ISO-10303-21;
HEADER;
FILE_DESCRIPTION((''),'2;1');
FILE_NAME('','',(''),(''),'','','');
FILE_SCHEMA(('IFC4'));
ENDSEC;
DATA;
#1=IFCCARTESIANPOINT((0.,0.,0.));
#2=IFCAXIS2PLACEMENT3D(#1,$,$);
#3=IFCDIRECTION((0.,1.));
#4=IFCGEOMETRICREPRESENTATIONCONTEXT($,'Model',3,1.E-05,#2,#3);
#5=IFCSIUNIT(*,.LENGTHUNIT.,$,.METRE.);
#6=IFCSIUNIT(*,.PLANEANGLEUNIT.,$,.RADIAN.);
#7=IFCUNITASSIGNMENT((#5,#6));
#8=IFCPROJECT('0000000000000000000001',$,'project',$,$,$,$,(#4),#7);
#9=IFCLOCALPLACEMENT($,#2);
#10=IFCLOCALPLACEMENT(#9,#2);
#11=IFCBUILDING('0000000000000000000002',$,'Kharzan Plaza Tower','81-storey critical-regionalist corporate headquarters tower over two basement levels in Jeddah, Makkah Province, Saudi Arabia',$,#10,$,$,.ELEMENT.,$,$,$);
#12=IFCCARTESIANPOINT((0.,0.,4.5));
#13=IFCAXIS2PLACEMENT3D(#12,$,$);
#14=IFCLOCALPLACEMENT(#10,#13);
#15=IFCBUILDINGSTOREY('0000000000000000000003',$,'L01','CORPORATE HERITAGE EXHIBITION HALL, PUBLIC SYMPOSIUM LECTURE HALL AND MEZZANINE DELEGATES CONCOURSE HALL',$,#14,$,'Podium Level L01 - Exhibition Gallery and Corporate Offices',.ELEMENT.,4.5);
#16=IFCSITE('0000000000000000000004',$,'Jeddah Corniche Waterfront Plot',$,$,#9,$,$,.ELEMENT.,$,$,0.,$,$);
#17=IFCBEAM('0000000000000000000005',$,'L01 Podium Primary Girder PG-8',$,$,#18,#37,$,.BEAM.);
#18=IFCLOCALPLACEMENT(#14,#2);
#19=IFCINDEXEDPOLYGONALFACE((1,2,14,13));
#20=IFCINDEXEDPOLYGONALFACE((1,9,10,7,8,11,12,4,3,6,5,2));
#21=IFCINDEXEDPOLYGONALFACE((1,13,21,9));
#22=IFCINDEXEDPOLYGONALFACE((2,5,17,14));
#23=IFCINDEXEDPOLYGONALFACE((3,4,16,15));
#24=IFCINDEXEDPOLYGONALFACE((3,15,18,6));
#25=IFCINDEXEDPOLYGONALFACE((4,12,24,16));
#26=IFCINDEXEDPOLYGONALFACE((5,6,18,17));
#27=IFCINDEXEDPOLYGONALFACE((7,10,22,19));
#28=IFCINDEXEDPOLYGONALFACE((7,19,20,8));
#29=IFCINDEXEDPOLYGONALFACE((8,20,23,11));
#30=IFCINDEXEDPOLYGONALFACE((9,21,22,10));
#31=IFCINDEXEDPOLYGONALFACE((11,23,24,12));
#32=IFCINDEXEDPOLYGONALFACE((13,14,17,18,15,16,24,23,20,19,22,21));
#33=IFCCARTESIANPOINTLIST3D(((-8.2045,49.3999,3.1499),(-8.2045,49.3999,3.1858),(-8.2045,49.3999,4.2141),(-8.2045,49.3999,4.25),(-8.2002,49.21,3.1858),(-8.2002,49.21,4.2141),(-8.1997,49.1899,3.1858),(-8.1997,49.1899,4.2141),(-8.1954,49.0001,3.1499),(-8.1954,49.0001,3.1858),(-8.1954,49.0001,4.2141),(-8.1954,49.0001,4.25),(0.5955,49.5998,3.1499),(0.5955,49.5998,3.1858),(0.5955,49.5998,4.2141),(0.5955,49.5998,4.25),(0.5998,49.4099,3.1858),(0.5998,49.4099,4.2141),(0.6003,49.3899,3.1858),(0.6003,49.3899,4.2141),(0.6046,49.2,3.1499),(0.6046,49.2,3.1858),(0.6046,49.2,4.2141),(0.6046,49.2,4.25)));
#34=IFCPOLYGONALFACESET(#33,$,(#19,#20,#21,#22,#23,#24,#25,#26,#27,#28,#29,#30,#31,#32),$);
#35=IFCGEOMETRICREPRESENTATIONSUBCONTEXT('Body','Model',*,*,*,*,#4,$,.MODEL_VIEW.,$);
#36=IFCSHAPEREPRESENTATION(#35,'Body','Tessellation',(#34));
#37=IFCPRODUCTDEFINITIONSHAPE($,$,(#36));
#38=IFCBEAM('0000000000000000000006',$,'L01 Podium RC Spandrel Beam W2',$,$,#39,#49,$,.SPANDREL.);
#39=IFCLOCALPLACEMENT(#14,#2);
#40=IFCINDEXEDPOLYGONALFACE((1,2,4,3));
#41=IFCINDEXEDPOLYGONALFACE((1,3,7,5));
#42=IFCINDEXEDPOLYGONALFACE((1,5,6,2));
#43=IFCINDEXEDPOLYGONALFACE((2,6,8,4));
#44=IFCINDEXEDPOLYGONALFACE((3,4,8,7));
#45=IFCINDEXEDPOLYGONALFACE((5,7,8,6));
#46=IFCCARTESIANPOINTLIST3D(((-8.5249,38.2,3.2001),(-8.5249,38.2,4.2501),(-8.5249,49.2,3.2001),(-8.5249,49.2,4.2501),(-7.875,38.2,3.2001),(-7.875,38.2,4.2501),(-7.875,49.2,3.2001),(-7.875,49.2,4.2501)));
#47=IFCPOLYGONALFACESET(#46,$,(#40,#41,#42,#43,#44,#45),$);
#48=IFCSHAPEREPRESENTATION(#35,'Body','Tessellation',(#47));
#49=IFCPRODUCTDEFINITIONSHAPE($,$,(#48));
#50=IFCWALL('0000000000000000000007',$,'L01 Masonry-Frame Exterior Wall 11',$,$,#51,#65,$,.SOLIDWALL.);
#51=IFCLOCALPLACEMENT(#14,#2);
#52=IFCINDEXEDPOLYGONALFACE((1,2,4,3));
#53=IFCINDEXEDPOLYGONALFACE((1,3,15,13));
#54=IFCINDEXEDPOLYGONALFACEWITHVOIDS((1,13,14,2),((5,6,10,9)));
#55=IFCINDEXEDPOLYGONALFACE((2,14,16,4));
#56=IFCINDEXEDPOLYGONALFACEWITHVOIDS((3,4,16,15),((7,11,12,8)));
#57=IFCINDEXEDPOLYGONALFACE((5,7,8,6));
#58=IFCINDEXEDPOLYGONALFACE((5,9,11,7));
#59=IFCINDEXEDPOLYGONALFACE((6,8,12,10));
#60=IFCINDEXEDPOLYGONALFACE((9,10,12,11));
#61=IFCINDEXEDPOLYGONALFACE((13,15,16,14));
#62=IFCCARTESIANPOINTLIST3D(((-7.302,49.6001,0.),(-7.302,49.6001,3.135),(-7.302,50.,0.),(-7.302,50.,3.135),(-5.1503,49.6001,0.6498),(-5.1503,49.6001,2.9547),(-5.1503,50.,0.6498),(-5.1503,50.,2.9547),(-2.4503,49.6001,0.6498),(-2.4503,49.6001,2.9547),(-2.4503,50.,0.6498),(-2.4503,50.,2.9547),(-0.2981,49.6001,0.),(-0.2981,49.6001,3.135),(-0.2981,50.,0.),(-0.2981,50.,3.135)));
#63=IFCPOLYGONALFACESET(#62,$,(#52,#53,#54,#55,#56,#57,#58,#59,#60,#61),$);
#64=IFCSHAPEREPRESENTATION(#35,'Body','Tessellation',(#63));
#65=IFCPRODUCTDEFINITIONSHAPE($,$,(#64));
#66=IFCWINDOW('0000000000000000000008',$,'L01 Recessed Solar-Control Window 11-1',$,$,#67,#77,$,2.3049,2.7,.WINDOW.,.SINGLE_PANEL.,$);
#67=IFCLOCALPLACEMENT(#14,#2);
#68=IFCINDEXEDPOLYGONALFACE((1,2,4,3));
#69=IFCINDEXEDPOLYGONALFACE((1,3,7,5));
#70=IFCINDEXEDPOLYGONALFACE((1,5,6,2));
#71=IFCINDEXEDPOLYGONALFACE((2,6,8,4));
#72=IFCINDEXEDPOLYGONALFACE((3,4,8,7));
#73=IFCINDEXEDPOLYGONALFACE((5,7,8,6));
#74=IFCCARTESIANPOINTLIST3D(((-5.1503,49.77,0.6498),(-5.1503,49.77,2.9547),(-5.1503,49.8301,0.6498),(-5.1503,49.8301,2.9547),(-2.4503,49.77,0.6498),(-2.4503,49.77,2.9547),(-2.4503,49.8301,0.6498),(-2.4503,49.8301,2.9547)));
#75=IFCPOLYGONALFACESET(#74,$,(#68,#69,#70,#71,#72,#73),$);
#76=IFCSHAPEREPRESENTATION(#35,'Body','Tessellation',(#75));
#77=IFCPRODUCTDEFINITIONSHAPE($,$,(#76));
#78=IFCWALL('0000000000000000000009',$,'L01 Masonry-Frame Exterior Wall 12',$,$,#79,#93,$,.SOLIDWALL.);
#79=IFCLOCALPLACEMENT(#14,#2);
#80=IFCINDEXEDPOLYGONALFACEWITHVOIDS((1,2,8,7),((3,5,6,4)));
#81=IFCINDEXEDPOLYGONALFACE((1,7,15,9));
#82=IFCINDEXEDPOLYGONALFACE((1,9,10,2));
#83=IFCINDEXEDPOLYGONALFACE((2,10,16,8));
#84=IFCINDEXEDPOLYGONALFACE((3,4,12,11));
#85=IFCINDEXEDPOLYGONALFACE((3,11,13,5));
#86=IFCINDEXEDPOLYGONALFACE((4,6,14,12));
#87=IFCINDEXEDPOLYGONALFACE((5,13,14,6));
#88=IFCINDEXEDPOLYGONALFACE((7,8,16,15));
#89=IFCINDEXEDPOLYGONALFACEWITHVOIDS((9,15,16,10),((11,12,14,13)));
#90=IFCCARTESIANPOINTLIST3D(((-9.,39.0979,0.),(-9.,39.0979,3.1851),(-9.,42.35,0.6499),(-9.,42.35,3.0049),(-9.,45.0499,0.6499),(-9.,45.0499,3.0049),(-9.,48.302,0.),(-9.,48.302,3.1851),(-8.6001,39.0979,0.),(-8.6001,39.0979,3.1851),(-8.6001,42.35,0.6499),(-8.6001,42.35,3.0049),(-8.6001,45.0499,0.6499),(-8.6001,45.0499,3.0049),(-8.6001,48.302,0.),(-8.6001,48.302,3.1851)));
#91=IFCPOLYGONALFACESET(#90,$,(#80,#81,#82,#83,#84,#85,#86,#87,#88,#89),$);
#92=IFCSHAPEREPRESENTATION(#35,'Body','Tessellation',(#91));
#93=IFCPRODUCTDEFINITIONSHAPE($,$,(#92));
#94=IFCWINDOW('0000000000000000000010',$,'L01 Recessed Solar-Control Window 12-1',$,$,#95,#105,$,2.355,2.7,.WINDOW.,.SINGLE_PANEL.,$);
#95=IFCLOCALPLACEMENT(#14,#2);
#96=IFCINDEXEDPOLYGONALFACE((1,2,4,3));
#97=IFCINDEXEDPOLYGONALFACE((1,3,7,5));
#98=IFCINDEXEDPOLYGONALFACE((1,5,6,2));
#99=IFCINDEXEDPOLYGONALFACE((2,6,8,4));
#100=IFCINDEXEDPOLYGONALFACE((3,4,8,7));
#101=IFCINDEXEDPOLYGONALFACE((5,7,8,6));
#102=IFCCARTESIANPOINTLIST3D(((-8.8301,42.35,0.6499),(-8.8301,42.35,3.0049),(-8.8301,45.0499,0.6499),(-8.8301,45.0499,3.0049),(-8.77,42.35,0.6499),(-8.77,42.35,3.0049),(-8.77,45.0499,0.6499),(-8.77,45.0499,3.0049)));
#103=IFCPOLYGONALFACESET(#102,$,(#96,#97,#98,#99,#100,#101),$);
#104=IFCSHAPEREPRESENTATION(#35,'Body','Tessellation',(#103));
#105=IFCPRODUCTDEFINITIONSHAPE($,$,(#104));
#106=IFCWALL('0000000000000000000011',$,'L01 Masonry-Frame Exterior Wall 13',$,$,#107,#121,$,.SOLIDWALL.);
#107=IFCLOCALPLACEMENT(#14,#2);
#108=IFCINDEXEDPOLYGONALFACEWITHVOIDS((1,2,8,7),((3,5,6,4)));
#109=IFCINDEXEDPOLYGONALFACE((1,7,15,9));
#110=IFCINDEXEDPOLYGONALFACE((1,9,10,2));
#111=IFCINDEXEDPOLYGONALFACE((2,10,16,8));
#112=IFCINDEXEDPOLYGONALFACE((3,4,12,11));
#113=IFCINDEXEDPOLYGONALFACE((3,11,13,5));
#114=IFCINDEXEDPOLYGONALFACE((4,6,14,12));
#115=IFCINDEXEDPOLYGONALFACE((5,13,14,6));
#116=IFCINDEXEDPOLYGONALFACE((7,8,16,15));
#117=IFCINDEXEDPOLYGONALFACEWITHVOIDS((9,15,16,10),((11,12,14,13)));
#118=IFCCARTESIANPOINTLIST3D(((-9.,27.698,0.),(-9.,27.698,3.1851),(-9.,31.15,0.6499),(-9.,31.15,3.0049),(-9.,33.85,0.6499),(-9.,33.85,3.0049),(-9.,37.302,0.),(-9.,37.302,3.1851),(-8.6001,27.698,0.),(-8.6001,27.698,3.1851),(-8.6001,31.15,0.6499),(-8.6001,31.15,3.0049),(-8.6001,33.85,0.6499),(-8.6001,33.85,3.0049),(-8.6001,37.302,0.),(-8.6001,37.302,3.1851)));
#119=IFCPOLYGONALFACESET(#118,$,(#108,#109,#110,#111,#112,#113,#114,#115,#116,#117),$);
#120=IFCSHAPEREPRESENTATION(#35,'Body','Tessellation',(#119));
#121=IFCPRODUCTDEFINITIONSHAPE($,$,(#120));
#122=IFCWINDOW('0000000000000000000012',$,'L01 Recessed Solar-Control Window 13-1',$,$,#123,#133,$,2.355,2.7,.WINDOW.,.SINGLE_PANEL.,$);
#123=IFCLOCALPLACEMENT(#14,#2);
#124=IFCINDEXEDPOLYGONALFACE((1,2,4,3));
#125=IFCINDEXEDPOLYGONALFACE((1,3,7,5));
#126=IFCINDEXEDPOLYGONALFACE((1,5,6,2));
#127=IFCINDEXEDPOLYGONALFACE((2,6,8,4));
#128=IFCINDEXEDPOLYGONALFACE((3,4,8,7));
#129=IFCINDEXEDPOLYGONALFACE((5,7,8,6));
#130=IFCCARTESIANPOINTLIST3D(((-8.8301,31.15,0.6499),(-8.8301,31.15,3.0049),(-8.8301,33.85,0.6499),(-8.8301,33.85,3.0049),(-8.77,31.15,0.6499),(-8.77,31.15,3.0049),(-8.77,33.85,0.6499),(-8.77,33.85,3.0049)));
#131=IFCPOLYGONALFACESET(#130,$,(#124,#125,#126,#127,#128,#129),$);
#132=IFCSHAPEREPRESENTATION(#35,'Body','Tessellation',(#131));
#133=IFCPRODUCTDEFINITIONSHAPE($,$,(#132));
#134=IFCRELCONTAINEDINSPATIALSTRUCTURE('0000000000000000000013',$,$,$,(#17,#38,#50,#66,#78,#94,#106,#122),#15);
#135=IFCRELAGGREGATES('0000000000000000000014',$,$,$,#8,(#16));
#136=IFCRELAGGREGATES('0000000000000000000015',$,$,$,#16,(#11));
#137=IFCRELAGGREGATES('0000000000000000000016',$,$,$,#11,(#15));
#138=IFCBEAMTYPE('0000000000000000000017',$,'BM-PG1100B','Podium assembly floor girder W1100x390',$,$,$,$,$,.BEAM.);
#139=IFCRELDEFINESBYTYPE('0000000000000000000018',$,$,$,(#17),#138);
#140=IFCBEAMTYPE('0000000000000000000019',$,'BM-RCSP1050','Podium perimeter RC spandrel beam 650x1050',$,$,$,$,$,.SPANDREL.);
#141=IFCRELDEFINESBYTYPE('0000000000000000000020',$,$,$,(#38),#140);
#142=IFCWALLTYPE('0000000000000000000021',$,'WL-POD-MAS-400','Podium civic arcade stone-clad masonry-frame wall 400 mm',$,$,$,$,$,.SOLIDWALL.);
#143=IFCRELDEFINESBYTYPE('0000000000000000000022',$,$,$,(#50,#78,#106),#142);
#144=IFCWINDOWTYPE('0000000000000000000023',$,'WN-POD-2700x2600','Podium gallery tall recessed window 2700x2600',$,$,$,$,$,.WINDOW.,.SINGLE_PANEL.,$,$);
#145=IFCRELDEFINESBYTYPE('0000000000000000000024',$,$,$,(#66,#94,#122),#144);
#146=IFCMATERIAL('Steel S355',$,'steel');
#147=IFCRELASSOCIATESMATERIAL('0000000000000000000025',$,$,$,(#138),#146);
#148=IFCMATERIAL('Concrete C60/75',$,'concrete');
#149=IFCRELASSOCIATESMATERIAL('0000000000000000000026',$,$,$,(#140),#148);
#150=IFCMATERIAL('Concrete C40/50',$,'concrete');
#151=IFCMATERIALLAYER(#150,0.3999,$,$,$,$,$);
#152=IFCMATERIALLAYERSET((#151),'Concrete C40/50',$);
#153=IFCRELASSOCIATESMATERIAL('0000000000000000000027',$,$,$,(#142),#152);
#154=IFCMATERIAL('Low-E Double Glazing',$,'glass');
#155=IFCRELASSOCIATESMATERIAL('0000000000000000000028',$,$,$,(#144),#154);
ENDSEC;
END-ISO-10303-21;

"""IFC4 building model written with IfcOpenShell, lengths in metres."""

from ifc_helpers import new_model, si_unit, direction, frame, frame_2d, origin, origin_2d, place, context, subcontext, project, spatial, rectangle, i_section, extrude, source, transform, mapped, material, layer, layer_set, material_profile, profile_set, type_object, element, fill, save


model = new_model("IFC4")

# Units and contexts
model_context = context("Model", 3, precision=1e-05, world=origin(), true_north=direction((0.0, 1.0)))
body_context = subcontext(model_context, "Body", "Model", "MODEL_VIEW")
ifc_project = project(units=[si_unit("LENGTHUNIT", "METRE"), si_unit("PLANEANGLEUNIT", "RADIAN")], contexts=[model_context])

# Site, building, storey
site_placement = place(None, origin())
site = spatial("IfcSite", under=ifc_project, at=site_placement, Name="Jeddah Corniche Waterfront Plot", CompositionType="ELEMENT", RefElevation=0.0)
building_placement = place(site_placement, origin())
building = spatial("IfcBuilding", under=site, at=building_placement, Name="Kharzan Plaza Tower", Description="81-storey critical-regionalist corporate headquarters tower over two basement levels in Jeddah, Makkah Province, Saudi Arabia", CompositionType="ELEMENT")
storey_placement = place(building_placement, frame((0.0, 0.0, 4.5)))
storey = spatial("IfcBuildingStorey", under=building, at=storey_placement, Name="L01", Description="CORPORATE HERITAGE EXHIBITION HALL, PUBLIC SYMPOSIUM LECTURE HALL AND MEZZANINE DELEGATES CONCOURSE HALL", LongName="Podium Level L01 - Exhibition Gallery and Corporate Offices", CompositionType="ELEMENT", Elevation=4.5)

# Shared definitions
ifc_material_1 = material(Name="Concrete C60/75", Category="concrete")

# Beams
ifc_material_2 = material(Name="Steel S355", Category="steel")
ifc_material_profile_1 = material_profile(ifc_material_2, i_section(OverallWidth=0.3999, OverallDepth=1.1001, WebThickness=0.02, FlangeThickness=0.0359, at=origin_2d()), Name="W1100x390")
ifc_profile_set_1 = profile_set([ifc_material_profile_1], Name="Steel S355")
beam_type_1 = type_object("IfcBeamType", Name="BM-PG1100B", Description="Podium assembly floor girder W1100x390", PredefinedType="BEAM", material=ifc_profile_set_1)
shared_shape_1 = source(origin(), body_context, "Body", "SweptSolid", [
    extrude(i_section(OverallWidth=0.3999, OverallDepth=1.1001, WebThickness=0.02, FlangeThickness=0.0359, at=origin_2d()), origin(), (0.0, 0.0, 1.0), 8.8022),
])
beam_1_placement = place(storey_placement, frame((-8.2, 49.2, 3.7), z_axis=(0.999742, 0.022716, 0.0), x_axis=(-0.022716, 0.999742, 0.0)))
element("IfcBeam", 1, at=beam_1_placement, inside=storey, type_object=beam_type_1, Name="L01 Podium Primary Girder PG-8", PredefinedType="BEAM", context=body_context, shape_type="MappedRepresentation", body=[
    mapped(shared_shape_1, transform((0.0, 0.0, 0.0), x_axis=(1.0, 0.0, 0.0), y_axis=(0.0, 1.0, 0.0), z_axis=(0.0, 0.0, 1.0))),
])
ifc_material_profile_2 = material_profile(ifc_material_1, rectangle(XDim=0.6499, YDim=1.05, at=origin_2d()), Name="RC-SP1050x650")
ifc_profile_set_2 = profile_set([ifc_material_profile_2], Name="Concrete C60/75")
beam_type_2 = type_object("IfcBeamType", Name="BM-RCSP1050", Description="Podium perimeter RC spandrel beam 650x1050", PredefinedType="SPANDREL", material=ifc_profile_set_2)
shared_shape_2 = source(origin(), body_context, "Body", "SweptSolid", [
    extrude(rectangle(XDim=0.6499, YDim=1.05, at=origin_2d()), origin(), (0.0, 0.0, 1.0), 11.0),
])
beam_2_placement = place(storey_placement, frame((-8.2, 38.2, 3.7251), z_axis=(0.0, 1.0, 0.0), x_axis=(-1.0, 0.0, 0.0)))
element("IfcBeam", 2, at=beam_2_placement, inside=storey, type_object=beam_type_2, Name="L01 Podium RC Spandrel Beam W2", PredefinedType="SPANDREL", context=body_context, shape_type="MappedRepresentation", body=[
    mapped(shared_shape_2, transform((0.0, 0.0, 0.0), x_axis=(1.0, 0.0, 0.0), y_axis=(0.0, 1.0, 0.0), z_axis=(0.0, 0.0, 1.0))),
])

# Walls, openings, windows
ifc_material_3 = material(Name="Concrete C40/50", Category="concrete")
ifc_layer_1 = layer(ifc_material_3, 0.3999)
ifc_layer_set_1 = layer_set([ifc_layer_1], Name="Concrete C40/50")
wall_type_1 = type_object("IfcWallType", Name="WL-POD-MAS-400", Description="Podium civic arcade stone-clad masonry-frame wall 400 mm", PredefinedType="SOLIDWALL", material=ifc_layer_set_1)
wall_1_placement = place(storey_placement, frame((-0.2981, 49.8, 0.0), z_axis=(0.0, 0.0, 1.0), x_axis=(-1.0, 0.0, 0.0)))
wall_1 = element("IfcWall", 3, at=wall_1_placement, inside=storey, type_object=wall_type_1, Name="L01 Masonry-Frame Exterior Wall 11", PredefinedType="SOLIDWALL", context=body_context, shape_type="SweptSolid", body=[
    extrude(rectangle(XDim=7.0039, YDim=0.3999, at=frame_2d((3.502, 0.0))), origin(), (0.0, 0.0, 1.0), 3.135),
])
opening_1_placement = place(wall_1_placement, frame((2.1521, 0.0, 0.6499)))
opening_1 = element("IfcOpeningElement", 4, at=opening_1_placement, cuts=wall_1, PredefinedType="OPENING", context=body_context, shape_type="SweptSolid", body=[
    extrude(rectangle(XDim=2.7, YDim=2.3049, at=frame_2d((1.3501, 1.1523))), frame((0.0, 0.21, 0.0), z_axis=(0.0, -1.0, 0.0), x_axis=(1.0, 0.0, 0.0)), (0.0, 0.0, 1.0), 0.4199),
])
ifc_material_4 = material(Name="Low-E Double Glazing", Category="glass")
window_type = type_object("IfcWindowType", Name="WN-POD-2700x2600", Description="Podium gallery tall recessed window 2700x2600", PartitioningType="SINGLE_PANEL", PredefinedType="WINDOW", material=ifc_material_4)
shared_shape_3 = source(origin(), body_context, "Body", "SweptSolid", [
    extrude(rectangle(XDim=2.7, YDim=2.3049, at=frame_2d((1.3501, 1.1523))), frame((0.0, 0.03, 0.0), z_axis=(0.0, -1.0, 0.0), x_axis=(1.0, 0.0, 0.0)), (0.0, 0.0, 1.0), 0.0601),
])
window_1_placement = place(opening_1_placement, origin())
window_1 = element("IfcWindow", 5, at=window_1_placement, inside=storey, type_object=window_type, Name="L01 Recessed Solar-Control Window 11-1", OverallHeight=2.3049, OverallWidth=2.7, PartitioningType="SINGLE_PANEL", PredefinedType="WINDOW", context=body_context, shape_type="MappedRepresentation", body=[
    mapped(shared_shape_3, transform((0.0, 0.0, 0.0), x_axis=(1.0, 0.0, 0.0), y_axis=(0.0, 1.0, 0.0), z_axis=(0.0, 0.0, 1.0))),
])
fill(opening_1, window_1)
wall_2_placement = place(storey_placement, frame((-8.8, 48.302, 0.0), z_axis=(0.0, 0.0, 1.0), x_axis=(0.0, -1.0, 0.0)))
wall_2 = element("IfcWall", 6, at=wall_2_placement, inside=storey, type_object=wall_type_1, Name="L01 Masonry-Frame Exterior Wall 12", PredefinedType="SOLIDWALL", context=body_context, shape_type="SweptSolid", body=[
    extrude(rectangle(XDim=9.2041, YDim=0.3999, at=frame_2d((4.6021, 0.0))), origin(), (0.0, 0.0, 1.0), 3.1851),
])
opening_2_placement = place(wall_2_placement, frame((3.252, 0.0, 0.6499)))
opening_2 = element("IfcOpeningElement", 7, at=opening_2_placement, cuts=wall_2, PredefinedType="OPENING", context=body_context, shape_type="SweptSolid", body=[
    extrude(rectangle(XDim=2.7, YDim=2.355, at=frame_2d((1.3501, 1.1775))), frame((0.0, 0.21, 0.0), z_axis=(0.0, -1.0, 0.0), x_axis=(1.0, 0.0, 0.0)), (0.0, 0.0, 1.0), 0.4199),
])
shared_shape_4 = source(origin(), body_context, "Body", "SweptSolid", [
    extrude(rectangle(XDim=2.7, YDim=2.355, at=frame_2d((1.3501, 1.1775))), frame((0.0, 0.03, 0.0), z_axis=(0.0, -1.0, 0.0), x_axis=(1.0, 0.0, 0.0)), (0.0, 0.0, 1.0), 0.0601),
])
window_2_placement = place(opening_2_placement, origin())
window_2 = element("IfcWindow", 8, at=window_2_placement, inside=storey, type_object=window_type, Name="L01 Recessed Solar-Control Window 12-1", OverallHeight=2.355, OverallWidth=2.7, PartitioningType="SINGLE_PANEL", PredefinedType="WINDOW", context=body_context, shape_type="MappedRepresentation", body=[
    mapped(shared_shape_4, transform((0.0, 0.0, 0.0), x_axis=(1.0, 0.0, 0.0), y_axis=(0.0, 1.0, 0.0), z_axis=(0.0, 0.0, 1.0))),
])
fill(opening_2, window_2)
wall_3_placement = place(storey_placement, frame((-8.8, 37.302, 0.0), z_axis=(0.0, 0.0, 1.0), x_axis=(0.0, -1.0, 0.0)))
wall_3 = element("IfcWall", 9, at=wall_3_placement, inside=storey, type_object=wall_type_1, Name="L01 Masonry-Frame Exterior Wall 13", PredefinedType="SOLIDWALL", context=body_context, shape_type="SweptSolid", body=[
    extrude(rectangle(XDim=9.604, YDim=0.3999, at=frame_2d((4.802, 0.0))), origin(), (0.0, 0.0, 1.0), 3.1851),
])
opening_3_placement = place(wall_3_placement, frame((3.4519, 0.0, 0.6499)))
opening_3 = element("IfcOpeningElement", 10, at=opening_3_placement, cuts=wall_3, PredefinedType="OPENING", context=body_context, shape_type="SweptSolid", body=[
    extrude(rectangle(XDim=2.7, YDim=2.355, at=frame_2d((1.3501, 1.1775))), frame((0.0, 0.21, 0.0), z_axis=(0.0, -1.0, 0.0), x_axis=(1.0, 0.0, 0.0)), (0.0, 0.0, 1.0), 0.4199),
])
window_3_placement = place(opening_3_placement, origin())
window_3 = element("IfcWindow", 11, at=window_3_placement, inside=storey, type_object=window_type, Name="L01 Recessed Solar-Control Window 13-1", OverallHeight=2.355, OverallWidth=2.7, PartitioningType="SINGLE_PANEL", PredefinedType="WINDOW", context=body_context, shape_type="MappedRepresentation", body=[
    mapped(shared_shape_4, transform((0.0, 0.0, 0.0), x_axis=(1.0, 0.0, 0.0), y_axis=(0.0, 1.0, 0.0), z_axis=(0.0, 0.0, 1.0))),
])
fill(opening_3, window_3)

save(model, "model.ifc")
